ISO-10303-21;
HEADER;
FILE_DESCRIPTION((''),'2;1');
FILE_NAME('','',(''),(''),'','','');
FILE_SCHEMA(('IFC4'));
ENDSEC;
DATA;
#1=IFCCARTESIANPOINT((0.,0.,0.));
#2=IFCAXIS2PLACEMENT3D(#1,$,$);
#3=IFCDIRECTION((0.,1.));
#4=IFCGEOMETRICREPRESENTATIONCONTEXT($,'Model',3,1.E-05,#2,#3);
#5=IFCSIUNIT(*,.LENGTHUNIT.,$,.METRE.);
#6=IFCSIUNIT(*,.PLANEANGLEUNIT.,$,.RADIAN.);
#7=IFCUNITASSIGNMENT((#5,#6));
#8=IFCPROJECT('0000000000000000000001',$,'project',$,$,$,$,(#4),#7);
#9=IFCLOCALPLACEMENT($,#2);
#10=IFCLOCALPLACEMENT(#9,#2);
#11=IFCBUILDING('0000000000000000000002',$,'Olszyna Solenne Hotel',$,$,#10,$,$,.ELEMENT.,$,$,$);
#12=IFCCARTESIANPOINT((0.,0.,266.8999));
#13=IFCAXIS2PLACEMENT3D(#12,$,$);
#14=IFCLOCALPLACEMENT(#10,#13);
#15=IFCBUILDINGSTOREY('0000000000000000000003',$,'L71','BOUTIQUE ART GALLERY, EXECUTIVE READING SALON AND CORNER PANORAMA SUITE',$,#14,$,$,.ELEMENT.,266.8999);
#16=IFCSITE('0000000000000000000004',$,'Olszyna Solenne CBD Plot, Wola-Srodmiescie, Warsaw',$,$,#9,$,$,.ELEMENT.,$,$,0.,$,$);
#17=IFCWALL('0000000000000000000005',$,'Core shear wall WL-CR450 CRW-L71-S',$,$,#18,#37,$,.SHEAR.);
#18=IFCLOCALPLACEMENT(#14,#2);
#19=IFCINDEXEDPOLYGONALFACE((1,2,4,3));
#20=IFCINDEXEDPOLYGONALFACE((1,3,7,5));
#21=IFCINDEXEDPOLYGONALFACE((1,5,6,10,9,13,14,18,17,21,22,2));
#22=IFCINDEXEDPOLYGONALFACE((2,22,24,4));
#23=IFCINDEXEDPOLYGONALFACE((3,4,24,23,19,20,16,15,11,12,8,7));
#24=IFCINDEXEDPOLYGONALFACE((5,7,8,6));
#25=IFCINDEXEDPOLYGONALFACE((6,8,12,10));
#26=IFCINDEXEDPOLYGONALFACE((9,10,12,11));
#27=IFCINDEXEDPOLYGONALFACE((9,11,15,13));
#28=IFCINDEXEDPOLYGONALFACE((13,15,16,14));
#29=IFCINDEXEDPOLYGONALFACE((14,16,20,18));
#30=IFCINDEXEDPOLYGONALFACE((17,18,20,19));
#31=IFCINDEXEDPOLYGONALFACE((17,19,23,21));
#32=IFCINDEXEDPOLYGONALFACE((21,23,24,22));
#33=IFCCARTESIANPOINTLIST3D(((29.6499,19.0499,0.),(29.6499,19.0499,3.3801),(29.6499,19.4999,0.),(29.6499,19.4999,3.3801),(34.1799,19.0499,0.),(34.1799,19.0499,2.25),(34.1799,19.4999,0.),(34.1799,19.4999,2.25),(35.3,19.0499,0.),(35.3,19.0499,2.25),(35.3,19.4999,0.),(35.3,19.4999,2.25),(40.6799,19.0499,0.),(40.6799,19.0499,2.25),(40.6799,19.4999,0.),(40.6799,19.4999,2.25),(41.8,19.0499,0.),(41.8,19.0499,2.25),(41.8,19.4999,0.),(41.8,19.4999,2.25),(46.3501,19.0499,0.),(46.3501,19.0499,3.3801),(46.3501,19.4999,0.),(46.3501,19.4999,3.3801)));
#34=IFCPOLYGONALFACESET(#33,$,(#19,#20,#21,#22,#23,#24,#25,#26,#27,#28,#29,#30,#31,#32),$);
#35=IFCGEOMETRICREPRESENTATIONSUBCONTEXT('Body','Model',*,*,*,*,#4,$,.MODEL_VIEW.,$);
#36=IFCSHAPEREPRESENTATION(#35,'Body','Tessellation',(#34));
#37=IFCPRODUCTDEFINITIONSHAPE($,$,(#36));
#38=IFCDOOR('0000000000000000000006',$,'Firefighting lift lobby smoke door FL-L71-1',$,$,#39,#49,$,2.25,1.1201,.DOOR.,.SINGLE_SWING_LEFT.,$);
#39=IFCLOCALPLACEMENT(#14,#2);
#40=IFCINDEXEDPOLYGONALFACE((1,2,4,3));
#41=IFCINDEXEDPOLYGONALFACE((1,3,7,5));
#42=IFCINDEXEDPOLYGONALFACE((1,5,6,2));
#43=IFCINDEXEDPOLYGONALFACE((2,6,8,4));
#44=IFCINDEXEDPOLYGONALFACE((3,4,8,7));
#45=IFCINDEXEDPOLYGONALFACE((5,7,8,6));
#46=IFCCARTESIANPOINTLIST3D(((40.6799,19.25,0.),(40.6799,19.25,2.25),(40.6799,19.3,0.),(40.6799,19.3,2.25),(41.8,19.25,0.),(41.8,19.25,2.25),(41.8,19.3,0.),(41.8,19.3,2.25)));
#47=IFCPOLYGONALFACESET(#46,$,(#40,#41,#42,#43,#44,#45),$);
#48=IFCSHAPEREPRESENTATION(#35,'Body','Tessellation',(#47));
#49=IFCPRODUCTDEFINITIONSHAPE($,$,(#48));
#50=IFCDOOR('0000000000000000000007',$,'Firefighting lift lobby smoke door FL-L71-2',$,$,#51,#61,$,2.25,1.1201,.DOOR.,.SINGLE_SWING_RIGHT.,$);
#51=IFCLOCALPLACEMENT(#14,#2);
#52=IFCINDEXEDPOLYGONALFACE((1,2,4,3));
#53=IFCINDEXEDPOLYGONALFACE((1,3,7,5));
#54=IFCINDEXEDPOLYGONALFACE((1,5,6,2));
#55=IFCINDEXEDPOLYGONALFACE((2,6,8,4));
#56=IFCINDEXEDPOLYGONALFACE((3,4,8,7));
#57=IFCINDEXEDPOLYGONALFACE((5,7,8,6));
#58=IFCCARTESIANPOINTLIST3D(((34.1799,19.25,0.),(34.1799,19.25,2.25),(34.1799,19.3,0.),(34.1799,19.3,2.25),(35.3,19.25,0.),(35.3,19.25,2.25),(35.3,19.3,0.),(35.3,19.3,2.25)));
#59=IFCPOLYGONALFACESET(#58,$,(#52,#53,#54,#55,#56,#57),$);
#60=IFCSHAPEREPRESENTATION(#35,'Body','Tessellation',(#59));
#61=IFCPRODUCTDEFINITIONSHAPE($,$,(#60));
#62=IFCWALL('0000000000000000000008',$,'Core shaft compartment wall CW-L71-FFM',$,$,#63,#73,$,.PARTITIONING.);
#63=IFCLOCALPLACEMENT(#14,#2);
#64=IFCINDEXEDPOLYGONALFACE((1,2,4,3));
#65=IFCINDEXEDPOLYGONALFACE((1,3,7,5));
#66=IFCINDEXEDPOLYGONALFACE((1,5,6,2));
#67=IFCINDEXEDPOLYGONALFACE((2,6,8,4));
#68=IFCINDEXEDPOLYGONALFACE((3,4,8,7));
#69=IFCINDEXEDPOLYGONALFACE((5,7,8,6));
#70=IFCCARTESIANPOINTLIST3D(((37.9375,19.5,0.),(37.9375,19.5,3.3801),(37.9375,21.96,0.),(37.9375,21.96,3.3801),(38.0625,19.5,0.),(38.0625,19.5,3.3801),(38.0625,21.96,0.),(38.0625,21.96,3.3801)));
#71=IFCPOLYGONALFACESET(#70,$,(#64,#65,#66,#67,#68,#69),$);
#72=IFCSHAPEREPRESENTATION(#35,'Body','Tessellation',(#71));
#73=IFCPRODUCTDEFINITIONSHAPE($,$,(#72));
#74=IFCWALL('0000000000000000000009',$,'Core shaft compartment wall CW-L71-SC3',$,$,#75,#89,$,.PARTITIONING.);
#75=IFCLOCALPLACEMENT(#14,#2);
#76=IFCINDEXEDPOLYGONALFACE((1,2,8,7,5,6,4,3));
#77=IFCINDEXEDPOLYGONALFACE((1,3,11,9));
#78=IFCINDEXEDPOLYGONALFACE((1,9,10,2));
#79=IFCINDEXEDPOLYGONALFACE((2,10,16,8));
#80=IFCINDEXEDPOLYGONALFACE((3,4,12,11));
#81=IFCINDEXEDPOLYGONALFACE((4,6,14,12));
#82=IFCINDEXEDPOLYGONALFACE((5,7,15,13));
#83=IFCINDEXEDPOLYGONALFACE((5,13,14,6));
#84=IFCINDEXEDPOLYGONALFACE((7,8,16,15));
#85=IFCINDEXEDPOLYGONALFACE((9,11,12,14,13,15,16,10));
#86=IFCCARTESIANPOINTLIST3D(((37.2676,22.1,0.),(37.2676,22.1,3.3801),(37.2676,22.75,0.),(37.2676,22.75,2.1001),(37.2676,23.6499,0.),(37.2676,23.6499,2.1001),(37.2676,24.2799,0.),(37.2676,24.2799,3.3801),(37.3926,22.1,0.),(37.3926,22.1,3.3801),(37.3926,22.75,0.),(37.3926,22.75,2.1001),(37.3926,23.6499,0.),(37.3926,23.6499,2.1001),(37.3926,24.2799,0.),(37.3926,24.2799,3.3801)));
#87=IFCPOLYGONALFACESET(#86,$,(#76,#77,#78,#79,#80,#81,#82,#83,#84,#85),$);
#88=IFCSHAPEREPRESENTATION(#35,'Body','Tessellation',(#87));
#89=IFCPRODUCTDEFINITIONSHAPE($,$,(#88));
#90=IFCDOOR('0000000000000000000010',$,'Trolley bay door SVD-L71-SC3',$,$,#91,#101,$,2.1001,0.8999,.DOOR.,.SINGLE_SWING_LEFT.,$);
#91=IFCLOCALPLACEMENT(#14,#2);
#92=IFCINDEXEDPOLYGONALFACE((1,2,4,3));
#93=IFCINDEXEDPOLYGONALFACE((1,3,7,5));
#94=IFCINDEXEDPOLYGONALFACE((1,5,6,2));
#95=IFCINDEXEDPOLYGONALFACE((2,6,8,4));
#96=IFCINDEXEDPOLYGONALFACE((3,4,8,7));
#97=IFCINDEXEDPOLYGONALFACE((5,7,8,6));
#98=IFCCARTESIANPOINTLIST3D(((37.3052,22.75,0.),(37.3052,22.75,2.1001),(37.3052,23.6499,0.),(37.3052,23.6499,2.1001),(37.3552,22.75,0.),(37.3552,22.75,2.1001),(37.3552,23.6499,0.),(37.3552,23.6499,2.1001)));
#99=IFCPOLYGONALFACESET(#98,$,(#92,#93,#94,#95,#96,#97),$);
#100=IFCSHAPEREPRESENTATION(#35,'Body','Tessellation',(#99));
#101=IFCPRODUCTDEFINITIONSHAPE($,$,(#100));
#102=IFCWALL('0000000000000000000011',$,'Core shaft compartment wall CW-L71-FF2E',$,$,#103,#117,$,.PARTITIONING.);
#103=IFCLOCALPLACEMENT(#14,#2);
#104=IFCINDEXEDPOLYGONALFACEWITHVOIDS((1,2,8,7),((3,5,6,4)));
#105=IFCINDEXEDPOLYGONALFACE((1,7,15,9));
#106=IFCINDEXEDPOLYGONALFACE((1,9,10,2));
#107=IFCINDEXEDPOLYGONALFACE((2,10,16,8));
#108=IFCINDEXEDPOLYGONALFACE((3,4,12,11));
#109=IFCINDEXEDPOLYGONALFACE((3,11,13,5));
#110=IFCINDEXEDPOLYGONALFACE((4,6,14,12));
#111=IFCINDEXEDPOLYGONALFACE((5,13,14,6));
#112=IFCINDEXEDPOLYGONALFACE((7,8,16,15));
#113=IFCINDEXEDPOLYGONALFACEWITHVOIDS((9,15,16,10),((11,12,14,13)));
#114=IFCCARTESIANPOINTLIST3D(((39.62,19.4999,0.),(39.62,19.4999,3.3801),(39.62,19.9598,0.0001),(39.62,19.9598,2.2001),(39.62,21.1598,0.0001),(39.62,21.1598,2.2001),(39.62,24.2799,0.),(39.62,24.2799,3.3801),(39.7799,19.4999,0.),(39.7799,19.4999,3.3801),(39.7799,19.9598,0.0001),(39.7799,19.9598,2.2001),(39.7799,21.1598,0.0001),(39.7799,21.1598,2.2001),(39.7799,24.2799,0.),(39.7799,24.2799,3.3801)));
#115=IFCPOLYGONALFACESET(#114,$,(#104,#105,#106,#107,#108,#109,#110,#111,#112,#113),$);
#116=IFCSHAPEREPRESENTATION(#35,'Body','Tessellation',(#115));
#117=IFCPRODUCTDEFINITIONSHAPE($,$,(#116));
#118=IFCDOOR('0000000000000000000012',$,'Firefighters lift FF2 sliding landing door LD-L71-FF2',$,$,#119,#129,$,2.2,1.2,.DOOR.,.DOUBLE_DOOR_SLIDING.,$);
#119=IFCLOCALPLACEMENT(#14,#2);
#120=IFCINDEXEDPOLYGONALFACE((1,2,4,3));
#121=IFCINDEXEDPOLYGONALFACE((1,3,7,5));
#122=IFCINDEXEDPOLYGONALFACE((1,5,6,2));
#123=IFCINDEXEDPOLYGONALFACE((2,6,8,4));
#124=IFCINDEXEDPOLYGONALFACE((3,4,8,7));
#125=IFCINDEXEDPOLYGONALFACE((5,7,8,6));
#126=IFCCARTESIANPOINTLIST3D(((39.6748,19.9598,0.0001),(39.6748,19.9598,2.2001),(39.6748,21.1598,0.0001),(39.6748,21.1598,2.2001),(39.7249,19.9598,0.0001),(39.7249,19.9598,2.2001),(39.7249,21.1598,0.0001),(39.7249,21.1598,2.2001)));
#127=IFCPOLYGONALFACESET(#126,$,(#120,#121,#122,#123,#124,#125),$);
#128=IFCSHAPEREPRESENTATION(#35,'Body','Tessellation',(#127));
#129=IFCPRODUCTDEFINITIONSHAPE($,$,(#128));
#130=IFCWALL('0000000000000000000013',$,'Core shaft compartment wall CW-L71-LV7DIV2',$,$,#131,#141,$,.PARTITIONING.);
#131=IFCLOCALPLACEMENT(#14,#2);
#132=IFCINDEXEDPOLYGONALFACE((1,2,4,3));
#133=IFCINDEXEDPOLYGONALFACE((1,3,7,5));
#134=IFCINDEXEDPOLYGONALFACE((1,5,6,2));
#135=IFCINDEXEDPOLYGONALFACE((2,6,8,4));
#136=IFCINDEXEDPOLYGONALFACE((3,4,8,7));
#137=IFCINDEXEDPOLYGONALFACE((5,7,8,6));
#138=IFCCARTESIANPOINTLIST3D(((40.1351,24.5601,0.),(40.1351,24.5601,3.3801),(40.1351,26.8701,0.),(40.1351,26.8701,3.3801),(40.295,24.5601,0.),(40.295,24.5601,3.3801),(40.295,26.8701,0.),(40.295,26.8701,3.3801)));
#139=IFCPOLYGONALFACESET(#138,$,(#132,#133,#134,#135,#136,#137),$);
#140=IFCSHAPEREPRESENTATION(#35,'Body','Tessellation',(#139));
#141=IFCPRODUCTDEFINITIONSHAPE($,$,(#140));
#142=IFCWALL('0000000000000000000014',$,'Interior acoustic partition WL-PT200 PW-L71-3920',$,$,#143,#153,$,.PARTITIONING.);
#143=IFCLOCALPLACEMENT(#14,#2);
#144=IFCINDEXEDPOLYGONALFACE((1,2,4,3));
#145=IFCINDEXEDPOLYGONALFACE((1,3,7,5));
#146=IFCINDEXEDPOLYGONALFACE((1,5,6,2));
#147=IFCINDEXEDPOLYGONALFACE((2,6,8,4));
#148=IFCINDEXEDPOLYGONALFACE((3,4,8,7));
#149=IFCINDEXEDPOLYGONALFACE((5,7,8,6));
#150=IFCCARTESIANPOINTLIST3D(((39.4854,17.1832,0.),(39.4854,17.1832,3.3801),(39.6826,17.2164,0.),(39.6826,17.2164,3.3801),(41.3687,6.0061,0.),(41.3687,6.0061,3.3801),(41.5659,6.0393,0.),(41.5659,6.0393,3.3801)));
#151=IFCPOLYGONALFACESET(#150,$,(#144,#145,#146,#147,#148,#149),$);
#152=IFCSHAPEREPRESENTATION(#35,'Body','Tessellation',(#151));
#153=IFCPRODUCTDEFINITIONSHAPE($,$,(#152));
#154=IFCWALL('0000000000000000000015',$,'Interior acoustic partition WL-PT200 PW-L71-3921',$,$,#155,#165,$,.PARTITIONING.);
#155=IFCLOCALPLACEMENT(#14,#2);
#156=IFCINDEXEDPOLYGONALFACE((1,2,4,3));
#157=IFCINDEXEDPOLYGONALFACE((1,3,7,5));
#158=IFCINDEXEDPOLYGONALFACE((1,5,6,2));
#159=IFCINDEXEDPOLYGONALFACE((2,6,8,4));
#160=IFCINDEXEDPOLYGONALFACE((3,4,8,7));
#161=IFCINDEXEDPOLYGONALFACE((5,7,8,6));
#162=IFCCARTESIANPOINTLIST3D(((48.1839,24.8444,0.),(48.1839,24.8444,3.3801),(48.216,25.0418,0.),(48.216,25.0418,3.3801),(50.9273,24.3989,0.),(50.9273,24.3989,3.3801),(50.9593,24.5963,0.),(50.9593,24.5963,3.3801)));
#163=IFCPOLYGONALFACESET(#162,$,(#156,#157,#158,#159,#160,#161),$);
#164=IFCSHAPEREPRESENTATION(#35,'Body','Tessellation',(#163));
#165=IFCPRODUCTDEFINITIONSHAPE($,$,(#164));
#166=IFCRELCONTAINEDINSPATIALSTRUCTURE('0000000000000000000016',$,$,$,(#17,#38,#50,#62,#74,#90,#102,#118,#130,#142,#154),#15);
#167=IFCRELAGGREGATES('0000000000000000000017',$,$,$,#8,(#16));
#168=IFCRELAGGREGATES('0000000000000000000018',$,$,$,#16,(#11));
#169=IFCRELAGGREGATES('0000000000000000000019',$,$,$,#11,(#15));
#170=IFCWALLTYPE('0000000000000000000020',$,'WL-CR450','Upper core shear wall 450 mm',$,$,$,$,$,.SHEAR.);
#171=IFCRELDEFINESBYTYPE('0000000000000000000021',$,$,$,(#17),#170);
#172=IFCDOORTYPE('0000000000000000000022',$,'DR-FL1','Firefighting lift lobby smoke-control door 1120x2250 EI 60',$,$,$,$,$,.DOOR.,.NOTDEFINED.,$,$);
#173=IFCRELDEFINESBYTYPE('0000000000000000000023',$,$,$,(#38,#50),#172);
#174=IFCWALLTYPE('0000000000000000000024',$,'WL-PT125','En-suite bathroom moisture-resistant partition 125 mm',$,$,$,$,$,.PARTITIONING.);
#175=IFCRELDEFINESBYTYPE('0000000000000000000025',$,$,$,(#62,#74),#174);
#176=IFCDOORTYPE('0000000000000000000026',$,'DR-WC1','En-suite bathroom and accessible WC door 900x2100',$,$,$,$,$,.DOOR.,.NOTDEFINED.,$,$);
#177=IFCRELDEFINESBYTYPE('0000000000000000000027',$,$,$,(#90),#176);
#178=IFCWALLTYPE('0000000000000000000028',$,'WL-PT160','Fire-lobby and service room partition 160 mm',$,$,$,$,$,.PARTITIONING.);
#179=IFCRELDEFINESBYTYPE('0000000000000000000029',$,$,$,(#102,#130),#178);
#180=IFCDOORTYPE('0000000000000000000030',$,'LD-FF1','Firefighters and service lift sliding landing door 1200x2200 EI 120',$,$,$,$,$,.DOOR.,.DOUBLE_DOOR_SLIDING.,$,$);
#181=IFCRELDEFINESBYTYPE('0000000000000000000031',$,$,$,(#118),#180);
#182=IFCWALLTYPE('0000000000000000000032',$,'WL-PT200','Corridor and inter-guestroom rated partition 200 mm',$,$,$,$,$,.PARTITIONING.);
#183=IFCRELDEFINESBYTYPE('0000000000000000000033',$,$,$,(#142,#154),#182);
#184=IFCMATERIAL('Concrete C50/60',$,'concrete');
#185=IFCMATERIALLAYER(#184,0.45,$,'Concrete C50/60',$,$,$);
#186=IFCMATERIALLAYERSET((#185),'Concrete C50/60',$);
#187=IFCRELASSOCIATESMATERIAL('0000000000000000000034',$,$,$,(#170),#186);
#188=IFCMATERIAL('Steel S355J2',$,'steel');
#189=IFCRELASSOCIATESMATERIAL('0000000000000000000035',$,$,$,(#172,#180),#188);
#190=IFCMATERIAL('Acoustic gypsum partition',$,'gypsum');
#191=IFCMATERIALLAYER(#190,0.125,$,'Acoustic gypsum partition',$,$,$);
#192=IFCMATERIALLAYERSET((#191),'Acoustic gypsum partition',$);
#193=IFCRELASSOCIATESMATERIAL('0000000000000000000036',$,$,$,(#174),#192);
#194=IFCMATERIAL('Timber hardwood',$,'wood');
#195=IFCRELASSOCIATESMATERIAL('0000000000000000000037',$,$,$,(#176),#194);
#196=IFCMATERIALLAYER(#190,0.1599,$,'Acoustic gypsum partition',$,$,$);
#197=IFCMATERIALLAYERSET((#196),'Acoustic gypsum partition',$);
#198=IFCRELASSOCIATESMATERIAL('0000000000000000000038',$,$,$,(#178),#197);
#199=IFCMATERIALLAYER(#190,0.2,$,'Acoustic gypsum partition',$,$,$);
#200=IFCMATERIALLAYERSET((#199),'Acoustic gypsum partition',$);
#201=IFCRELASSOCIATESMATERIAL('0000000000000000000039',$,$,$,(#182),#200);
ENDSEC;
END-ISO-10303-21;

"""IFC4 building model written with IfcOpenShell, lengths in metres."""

from ifc_helpers import new_model, si_unit, direction, frame, frame_2d, origin, place, context, subcontext, project, spatial, rectangle, extrude, source, transform, mapped, material, layer, layer_set, type_object, type_shapes, element, fill, save


model = new_model("IFC4")

# Units and contexts
model_context = context("Model", 3, precision=1e-05, world=origin(), true_north=direction((0.0, 1.0)))
body_context = subcontext(model_context, "Body", "Model", "MODEL_VIEW")
ifc_project = project(units=[si_unit("LENGTHUNIT", "METRE"), si_unit("PLANEANGLEUNIT", "RADIAN")], contexts=[model_context])

# Site, building, storey
site_placement = place(None, origin())
site = spatial("IfcSite", under=ifc_project, at=site_placement, Name="Olszyna Solenne CBD Plot, Wola-Srodmiescie, Warsaw", CompositionType="ELEMENT", RefElevation=0.0)
building_placement = place(site_placement, origin())
building = spatial("IfcBuilding", under=site, at=building_placement, Name="Olszyna Solenne Hotel", CompositionType="ELEMENT")
storey_placement = place(building_placement, frame((0.0, 0.0, 266.8999)))
storey = spatial("IfcBuildingStorey", under=building, at=storey_placement, Name="L71", Description="BOUTIQUE ART GALLERY, EXECUTIVE READING SALON AND CORNER PANORAMA SUITE", CompositionType="ELEMENT", Elevation=266.8999)

# Shared definitions
ifc_material_1 = material(Name="Steel S355J2", Category="steel")

# Shared definitions
ifc_material_2 = material(Name="Concrete C50/60", Category="concrete")

# Wall, openings, doors
ifc_layer_1 = layer(ifc_material_2, 0.45, Name="Concrete C50/60")
ifc_layer_set_1 = layer_set([ifc_layer_1], Name="Concrete C50/60")
wall_type_1 = type_object("IfcWallType", Name="WL-CR450", Description="Upper core shear wall 450 mm", PredefinedType="SHEAR", material=ifc_layer_set_1)
wall_1_placement = place(storey_placement, frame((46.3501, 19.2749, 0.0), z_axis=(0.0, 0.0, 1.0), x_axis=(-1.0, 0.0, 0.0)))
wall_1 = element("IfcWall", 1, at=wall_1_placement, inside=storey, type_object=wall_type_1, Name="Core shear wall WL-CR450 CRW-L71-S", PredefinedType="SHEAR", context=body_context, shape_type="SweptSolid", body=[
    extrude(rectangle(XDim=16.7002, YDim=0.45, at=frame_2d((8.3501, 0.0))), origin(), (0.0, 0.0, 1.0), 3.3801),
])
opening_1_placement = place(wall_1_placement, frame((4.55, 0.0, 0.0)))
opening_1 = element("IfcOpeningElement", 2, at=opening_1_placement, cuts=wall_1, PredefinedType="OPENING", context=body_context, shape_type="SweptSolid", body=[
    extrude(rectangle(XDim=1.1201, YDim=2.25, at=frame_2d((0.5601, 1.125))), frame((0.0, 0.2349, 0.0), z_axis=(0.0, -1.0, 0.0), x_axis=(1.0, 0.0, 0.0)), (0.0, 0.0, 1.0), 0.47),
])
opening_2_placement = place(wall_1_placement, frame((11.05, 0.0, 0.0)))
opening_2 = element("IfcOpeningElement", 3, at=opening_2_placement, cuts=wall_1, PredefinedType="OPENING", context=body_context, shape_type="SweptSolid", body=[
    extrude(rectangle(XDim=1.1201, YDim=2.25, at=frame_2d((0.5601, 1.125))), frame((0.0, 0.2349, 0.0), z_axis=(0.0, -1.0, 0.0), x_axis=(1.0, 0.0, 0.0)), (0.0, 0.0, 1.0), 0.47),
])
door_type_1 = type_object("IfcDoorType", Name="DR-FL1", Description="Firefighting lift lobby smoke-control door 1120x2250 EI 60", OperationType="NOTDEFINED", PredefinedType="DOOR", material=ifc_material_1)
shared_shape_1 = source(origin(), body_context, "Body", "SweptSolid", [
    extrude(rectangle(XDim=1.1201, YDim=2.25, at=frame_2d((0.5601, 1.125))), frame((0.0, 0.0249, 0.0), z_axis=(0.0, -1.0, 0.0), x_axis=(1.0, 0.0, 0.0)), (0.0, 0.0, 1.0), 0.05),
])
type_shapes(door_type_1, [shared_shape_1])
door_1_placement = place(opening_1_placement, origin())
door_1 = element("IfcDoor", 4, at=door_1_placement, inside=storey, type_object=door_type_1, Name="Firefighting lift lobby smoke door FL-L71-1", OperationType="SINGLE_SWING_LEFT", OverallHeight=2.25, OverallWidth=1.1201, PredefinedType="DOOR", context=body_context, shape_type="MappedRepresentation", body=[
    mapped(shared_shape_1, transform((0.0, 0.0, 0.0), x_axis=(1.0, 0.0, 0.0), y_axis=(0.0, 1.0, 0.0), z_axis=(0.0, 0.0, 1.0), scale=1.0)),
])
fill(opening_1, door_1)
door_2_placement = place(opening_2_placement, origin())
door_2 = element("IfcDoor", 5, at=door_2_placement, inside=storey, type_object=door_type_1, Name="Firefighting lift lobby smoke door FL-L71-2", OperationType="SINGLE_SWING_RIGHT", OverallHeight=2.25, OverallWidth=1.1201, PredefinedType="DOOR", context=body_context, shape_type="MappedRepresentation", body=[
    mapped(shared_shape_1, transform((0.0, 0.0, 0.0), x_axis=(1.0, 0.0, 0.0), y_axis=(0.0, 1.0, 0.0), z_axis=(0.0, 0.0, 1.0), scale=1.0)),
])
fill(opening_2, door_2)

# Wall
ifc_material_3 = material(Name="Acoustic gypsum partition", Category="gypsum")
ifc_layer_2 = layer(ifc_material_3, 0.125, Name="Acoustic gypsum partition")
ifc_layer_set_2 = layer_set([ifc_layer_2], Name="Acoustic gypsum partition")
wall_type_2 = type_object("IfcWallType", Name="WL-PT125", Description="En-suite bathroom moisture-resistant partition 125 mm", PredefinedType="PARTITIONING", material=ifc_layer_set_2)
wall_2_placement = place(storey_placement, frame((38.0, 19.5, 0.0), z_axis=(0.0, 0.0, 1.0), x_axis=(0.0, 1.0, 0.0)))
element("IfcWall", 6, at=wall_2_placement, inside=storey, type_object=wall_type_2, Name="Core shaft compartment wall CW-L71-FFM", PredefinedType="PARTITIONING", context=body_context, shape_type="SweptSolid", body=[
    extrude(rectangle(XDim=2.46, YDim=0.125, at=frame_2d((1.23, 0.0))), origin(), (0.0, 0.0, 1.0), 3.3801),
])

# Walls, openings, doors
wall_3_placement = place(storey_placement, frame((37.3301, 22.1001, 0.0), z_axis=(0.0, 0.0, 1.0), x_axis=(0.0, 1.0, 0.0)))
wall_3 = element("IfcWall", 7, at=wall_3_placement, inside=storey, type_object=wall_type_2, Name="Core shaft compartment wall CW-L71-SC3", PredefinedType="PARTITIONING", context=body_context, shape_type="SweptSolid", body=[
    extrude(rectangle(XDim=2.1799, YDim=0.125, at=frame_2d((1.0898, 0.0))), origin(), (0.0, 0.0, 1.0), 3.3801),
])
opening_3_placement = place(wall_3_placement, frame((0.6499, 0.0, 0.0)))
opening_3 = element("IfcOpeningElement", 8, at=opening_3_placement, cuts=wall_3, PredefinedType="OPENING", context=body_context, shape_type="SweptSolid", body=[
    extrude(rectangle(XDim=0.8999, YDim=2.1001, at=frame_2d((0.45, 1.05))), frame((0.0, 0.0725, 0.0), z_axis=(0.0, -1.0, 0.0), x_axis=(1.0, 0.0, 0.0)), (0.0, 0.0, 1.0), 0.145),
])
ifc_material_4 = material(Name="Timber hardwood", Category="wood")
door_type_2 = type_object("IfcDoorType", Name="DR-WC1", Description="En-suite bathroom and accessible WC door 900x2100", OperationType="NOTDEFINED", PredefinedType="DOOR", material=ifc_material_4)
shared_shape_2 = source(origin(), body_context, "Body", "SweptSolid", [
    extrude(rectangle(XDim=0.8999, YDim=2.1001, at=frame_2d((0.45, 1.05))), frame((0.0, 0.0249, 0.0), z_axis=(0.0, -1.0, 0.0), x_axis=(1.0, 0.0, 0.0)), (0.0, 0.0, 1.0), 0.05),
])
type_shapes(door_type_2, [shared_shape_2])
door_3_placement = place(opening_3_placement, origin())
door_3 = element("IfcDoor", 9, at=door_3_placement, inside=storey, type_object=door_type_2, Name="Trolley bay door SVD-L71-SC3", OperationType="SINGLE_SWING_LEFT", OverallHeight=2.1001, OverallWidth=0.8999, PredefinedType="DOOR", context=body_context, shape_type="MappedRepresentation", body=[
    mapped(shared_shape_2, transform((0.0, 0.0, 0.0), x_axis=(1.0, 0.0, 0.0), y_axis=(0.0, 1.0, 0.0), z_axis=(0.0, 0.0, 1.0), scale=1.0)),
])
fill(opening_3, door_3)
ifc_layer_3 = layer(ifc_material_3, 0.1599, Name="Acoustic gypsum partition")
ifc_layer_set_3 = layer_set([ifc_layer_3], Name="Acoustic gypsum partition")
wall_type_3 = type_object("IfcWallType", Name="WL-PT160", Description="Fire-lobby and service room partition 160 mm", PredefinedType="PARTITIONING", material=ifc_layer_set_3)
wall_4_placement = place(storey_placement, frame((39.7, 24.28, 0.0), z_axis=(0.0, 0.0, 1.0), x_axis=(0.0, -1.0, 0.0)))
wall_4 = element("IfcWall", 10, at=wall_4_placement, inside=storey, type_object=wall_type_3, Name="Core shaft compartment wall CW-L71-FF2E", PredefinedType="PARTITIONING", context=body_context, shape_type="SweptSolid", body=[
    extrude(rectangle(XDim=4.78, YDim=0.1599, at=frame_2d((2.3901, 0.0))), origin(), (0.0, 0.0, 1.0), 3.3801),
])
opening_4_placement = place(wall_4_placement, frame((3.1201, 0.0, 0.0)))
opening_4 = element("IfcOpeningElement", 11, at=opening_4_placement, cuts=wall_4, PredefinedType="OPENING", context=body_context, shape_type="SweptSolid", body=[
    extrude(rectangle(XDim=1.2, YDim=2.2, at=frame_2d((0.6001, 1.1001))), frame((0.0, 0.0898, 0.0), z_axis=(0.0, -1.0, 0.0), x_axis=(1.0, 0.0, 0.0)), (0.0, 0.0, 1.0), 0.1799),
])
door_type_3 = type_object("IfcDoorType", Name="LD-FF1", Description="Firefighters and service lift sliding landing door 1200x2200 EI 120", OperationType="DOUBLE_DOOR_SLIDING", PredefinedType="DOOR", material=ifc_material_1)
shared_shape_3 = source(origin(), body_context, "Body", "SweptSolid", [
    extrude(rectangle(XDim=1.2, YDim=2.2, at=frame_2d((0.6001, 1.1001))), frame((0.0, 0.0249, 0.0), z_axis=(0.0, -1.0, 0.0), x_axis=(1.0, 0.0, 0.0)), (0.0, 0.0, 1.0), 0.05),
])
type_shapes(door_type_3, [shared_shape_3])
door_4_placement = place(opening_4_placement, origin())
door_4 = element("IfcDoor", 12, at=door_4_placement, inside=storey, type_object=door_type_3, Name="Firefighters lift FF2 sliding landing door LD-L71-FF2", OperationType="DOUBLE_DOOR_SLIDING", OverallHeight=2.2, OverallWidth=1.2, PredefinedType="DOOR", context=body_context, shape_type="MappedRepresentation", body=[
    mapped(shared_shape_3, transform((0.0, 0.0, 0.0), x_axis=(1.0, 0.0, 0.0), y_axis=(0.0, 1.0, 0.0), z_axis=(0.0, 0.0, 1.0), scale=1.0)),
])
fill(opening_4, door_4)

# Walls
wall_5_placement = place(storey_placement, frame((40.2151, 24.5601, 0.0), z_axis=(0.0, 0.0, 1.0), x_axis=(0.0, 1.0, 0.0)))
element("IfcWall", 13, at=wall_5_placement, inside=storey, type_object=wall_type_3, Name="Core shaft compartment wall CW-L71-LV7DIV2", PredefinedType="PARTITIONING", context=body_context, shape_type="SweptSolid", body=[
    extrude(rectangle(XDim=2.3101, YDim=0.1599, at=frame_2d((1.155, 0.0))), origin(), (0.0, 0.0, 1.0), 3.3801),
])
ifc_layer_4 = layer(ifc_material_3, 0.2, Name="Acoustic gypsum partition")
ifc_layer_set_4 = layer_set([ifc_layer_4], Name="Acoustic gypsum partition")
wall_type_4 = type_object("IfcWallType", Name="WL-PT200", Description="Corridor and inter-guestroom rated partition 200 mm", PredefinedType="PARTITIONING", material=ifc_layer_set_4)
wall_6_placement = place(storey_placement, frame((39.584, 17.2, 0.0), z_axis=(0.0, 0.0, 1.0), x_axis=(0.166152, -0.9861, 0.0)))
element("IfcWall", 14, at=wall_6_placement, inside=storey, type_object=wall_type_4, Name="Interior acoustic partition WL-PT200 PW-L71-3920", PredefinedType="PARTITIONING", context=body_context, shape_type="SweptSolid", body=[
    extrude(rectangle(XDim=11.3347, YDim=0.2, at=frame_2d((5.6675, 0.0))), origin(), (0.0, 0.0, 1.0), 3.3801),
])
wall_7_placement = place(storey_placement, frame((48.2, 24.9431, 0.0), z_axis=(0.0, 0.0, 1.0), x_axis=(0.987067, -0.160309, 0.0)))
element("IfcWall", 15, at=wall_7_placement, inside=storey, type_object=wall_type_4, Name="Interior acoustic partition WL-PT200 PW-L71-3921", PredefinedType="PARTITIONING", context=body_context, shape_type="SweptSolid", body=[
    extrude(rectangle(XDim=2.7793, YDim=0.2, at=frame_2d((1.3896, 0.0))), origin(), (0.0, 0.0, 1.0), 3.3801),
])

save(model, "model.ifc")
